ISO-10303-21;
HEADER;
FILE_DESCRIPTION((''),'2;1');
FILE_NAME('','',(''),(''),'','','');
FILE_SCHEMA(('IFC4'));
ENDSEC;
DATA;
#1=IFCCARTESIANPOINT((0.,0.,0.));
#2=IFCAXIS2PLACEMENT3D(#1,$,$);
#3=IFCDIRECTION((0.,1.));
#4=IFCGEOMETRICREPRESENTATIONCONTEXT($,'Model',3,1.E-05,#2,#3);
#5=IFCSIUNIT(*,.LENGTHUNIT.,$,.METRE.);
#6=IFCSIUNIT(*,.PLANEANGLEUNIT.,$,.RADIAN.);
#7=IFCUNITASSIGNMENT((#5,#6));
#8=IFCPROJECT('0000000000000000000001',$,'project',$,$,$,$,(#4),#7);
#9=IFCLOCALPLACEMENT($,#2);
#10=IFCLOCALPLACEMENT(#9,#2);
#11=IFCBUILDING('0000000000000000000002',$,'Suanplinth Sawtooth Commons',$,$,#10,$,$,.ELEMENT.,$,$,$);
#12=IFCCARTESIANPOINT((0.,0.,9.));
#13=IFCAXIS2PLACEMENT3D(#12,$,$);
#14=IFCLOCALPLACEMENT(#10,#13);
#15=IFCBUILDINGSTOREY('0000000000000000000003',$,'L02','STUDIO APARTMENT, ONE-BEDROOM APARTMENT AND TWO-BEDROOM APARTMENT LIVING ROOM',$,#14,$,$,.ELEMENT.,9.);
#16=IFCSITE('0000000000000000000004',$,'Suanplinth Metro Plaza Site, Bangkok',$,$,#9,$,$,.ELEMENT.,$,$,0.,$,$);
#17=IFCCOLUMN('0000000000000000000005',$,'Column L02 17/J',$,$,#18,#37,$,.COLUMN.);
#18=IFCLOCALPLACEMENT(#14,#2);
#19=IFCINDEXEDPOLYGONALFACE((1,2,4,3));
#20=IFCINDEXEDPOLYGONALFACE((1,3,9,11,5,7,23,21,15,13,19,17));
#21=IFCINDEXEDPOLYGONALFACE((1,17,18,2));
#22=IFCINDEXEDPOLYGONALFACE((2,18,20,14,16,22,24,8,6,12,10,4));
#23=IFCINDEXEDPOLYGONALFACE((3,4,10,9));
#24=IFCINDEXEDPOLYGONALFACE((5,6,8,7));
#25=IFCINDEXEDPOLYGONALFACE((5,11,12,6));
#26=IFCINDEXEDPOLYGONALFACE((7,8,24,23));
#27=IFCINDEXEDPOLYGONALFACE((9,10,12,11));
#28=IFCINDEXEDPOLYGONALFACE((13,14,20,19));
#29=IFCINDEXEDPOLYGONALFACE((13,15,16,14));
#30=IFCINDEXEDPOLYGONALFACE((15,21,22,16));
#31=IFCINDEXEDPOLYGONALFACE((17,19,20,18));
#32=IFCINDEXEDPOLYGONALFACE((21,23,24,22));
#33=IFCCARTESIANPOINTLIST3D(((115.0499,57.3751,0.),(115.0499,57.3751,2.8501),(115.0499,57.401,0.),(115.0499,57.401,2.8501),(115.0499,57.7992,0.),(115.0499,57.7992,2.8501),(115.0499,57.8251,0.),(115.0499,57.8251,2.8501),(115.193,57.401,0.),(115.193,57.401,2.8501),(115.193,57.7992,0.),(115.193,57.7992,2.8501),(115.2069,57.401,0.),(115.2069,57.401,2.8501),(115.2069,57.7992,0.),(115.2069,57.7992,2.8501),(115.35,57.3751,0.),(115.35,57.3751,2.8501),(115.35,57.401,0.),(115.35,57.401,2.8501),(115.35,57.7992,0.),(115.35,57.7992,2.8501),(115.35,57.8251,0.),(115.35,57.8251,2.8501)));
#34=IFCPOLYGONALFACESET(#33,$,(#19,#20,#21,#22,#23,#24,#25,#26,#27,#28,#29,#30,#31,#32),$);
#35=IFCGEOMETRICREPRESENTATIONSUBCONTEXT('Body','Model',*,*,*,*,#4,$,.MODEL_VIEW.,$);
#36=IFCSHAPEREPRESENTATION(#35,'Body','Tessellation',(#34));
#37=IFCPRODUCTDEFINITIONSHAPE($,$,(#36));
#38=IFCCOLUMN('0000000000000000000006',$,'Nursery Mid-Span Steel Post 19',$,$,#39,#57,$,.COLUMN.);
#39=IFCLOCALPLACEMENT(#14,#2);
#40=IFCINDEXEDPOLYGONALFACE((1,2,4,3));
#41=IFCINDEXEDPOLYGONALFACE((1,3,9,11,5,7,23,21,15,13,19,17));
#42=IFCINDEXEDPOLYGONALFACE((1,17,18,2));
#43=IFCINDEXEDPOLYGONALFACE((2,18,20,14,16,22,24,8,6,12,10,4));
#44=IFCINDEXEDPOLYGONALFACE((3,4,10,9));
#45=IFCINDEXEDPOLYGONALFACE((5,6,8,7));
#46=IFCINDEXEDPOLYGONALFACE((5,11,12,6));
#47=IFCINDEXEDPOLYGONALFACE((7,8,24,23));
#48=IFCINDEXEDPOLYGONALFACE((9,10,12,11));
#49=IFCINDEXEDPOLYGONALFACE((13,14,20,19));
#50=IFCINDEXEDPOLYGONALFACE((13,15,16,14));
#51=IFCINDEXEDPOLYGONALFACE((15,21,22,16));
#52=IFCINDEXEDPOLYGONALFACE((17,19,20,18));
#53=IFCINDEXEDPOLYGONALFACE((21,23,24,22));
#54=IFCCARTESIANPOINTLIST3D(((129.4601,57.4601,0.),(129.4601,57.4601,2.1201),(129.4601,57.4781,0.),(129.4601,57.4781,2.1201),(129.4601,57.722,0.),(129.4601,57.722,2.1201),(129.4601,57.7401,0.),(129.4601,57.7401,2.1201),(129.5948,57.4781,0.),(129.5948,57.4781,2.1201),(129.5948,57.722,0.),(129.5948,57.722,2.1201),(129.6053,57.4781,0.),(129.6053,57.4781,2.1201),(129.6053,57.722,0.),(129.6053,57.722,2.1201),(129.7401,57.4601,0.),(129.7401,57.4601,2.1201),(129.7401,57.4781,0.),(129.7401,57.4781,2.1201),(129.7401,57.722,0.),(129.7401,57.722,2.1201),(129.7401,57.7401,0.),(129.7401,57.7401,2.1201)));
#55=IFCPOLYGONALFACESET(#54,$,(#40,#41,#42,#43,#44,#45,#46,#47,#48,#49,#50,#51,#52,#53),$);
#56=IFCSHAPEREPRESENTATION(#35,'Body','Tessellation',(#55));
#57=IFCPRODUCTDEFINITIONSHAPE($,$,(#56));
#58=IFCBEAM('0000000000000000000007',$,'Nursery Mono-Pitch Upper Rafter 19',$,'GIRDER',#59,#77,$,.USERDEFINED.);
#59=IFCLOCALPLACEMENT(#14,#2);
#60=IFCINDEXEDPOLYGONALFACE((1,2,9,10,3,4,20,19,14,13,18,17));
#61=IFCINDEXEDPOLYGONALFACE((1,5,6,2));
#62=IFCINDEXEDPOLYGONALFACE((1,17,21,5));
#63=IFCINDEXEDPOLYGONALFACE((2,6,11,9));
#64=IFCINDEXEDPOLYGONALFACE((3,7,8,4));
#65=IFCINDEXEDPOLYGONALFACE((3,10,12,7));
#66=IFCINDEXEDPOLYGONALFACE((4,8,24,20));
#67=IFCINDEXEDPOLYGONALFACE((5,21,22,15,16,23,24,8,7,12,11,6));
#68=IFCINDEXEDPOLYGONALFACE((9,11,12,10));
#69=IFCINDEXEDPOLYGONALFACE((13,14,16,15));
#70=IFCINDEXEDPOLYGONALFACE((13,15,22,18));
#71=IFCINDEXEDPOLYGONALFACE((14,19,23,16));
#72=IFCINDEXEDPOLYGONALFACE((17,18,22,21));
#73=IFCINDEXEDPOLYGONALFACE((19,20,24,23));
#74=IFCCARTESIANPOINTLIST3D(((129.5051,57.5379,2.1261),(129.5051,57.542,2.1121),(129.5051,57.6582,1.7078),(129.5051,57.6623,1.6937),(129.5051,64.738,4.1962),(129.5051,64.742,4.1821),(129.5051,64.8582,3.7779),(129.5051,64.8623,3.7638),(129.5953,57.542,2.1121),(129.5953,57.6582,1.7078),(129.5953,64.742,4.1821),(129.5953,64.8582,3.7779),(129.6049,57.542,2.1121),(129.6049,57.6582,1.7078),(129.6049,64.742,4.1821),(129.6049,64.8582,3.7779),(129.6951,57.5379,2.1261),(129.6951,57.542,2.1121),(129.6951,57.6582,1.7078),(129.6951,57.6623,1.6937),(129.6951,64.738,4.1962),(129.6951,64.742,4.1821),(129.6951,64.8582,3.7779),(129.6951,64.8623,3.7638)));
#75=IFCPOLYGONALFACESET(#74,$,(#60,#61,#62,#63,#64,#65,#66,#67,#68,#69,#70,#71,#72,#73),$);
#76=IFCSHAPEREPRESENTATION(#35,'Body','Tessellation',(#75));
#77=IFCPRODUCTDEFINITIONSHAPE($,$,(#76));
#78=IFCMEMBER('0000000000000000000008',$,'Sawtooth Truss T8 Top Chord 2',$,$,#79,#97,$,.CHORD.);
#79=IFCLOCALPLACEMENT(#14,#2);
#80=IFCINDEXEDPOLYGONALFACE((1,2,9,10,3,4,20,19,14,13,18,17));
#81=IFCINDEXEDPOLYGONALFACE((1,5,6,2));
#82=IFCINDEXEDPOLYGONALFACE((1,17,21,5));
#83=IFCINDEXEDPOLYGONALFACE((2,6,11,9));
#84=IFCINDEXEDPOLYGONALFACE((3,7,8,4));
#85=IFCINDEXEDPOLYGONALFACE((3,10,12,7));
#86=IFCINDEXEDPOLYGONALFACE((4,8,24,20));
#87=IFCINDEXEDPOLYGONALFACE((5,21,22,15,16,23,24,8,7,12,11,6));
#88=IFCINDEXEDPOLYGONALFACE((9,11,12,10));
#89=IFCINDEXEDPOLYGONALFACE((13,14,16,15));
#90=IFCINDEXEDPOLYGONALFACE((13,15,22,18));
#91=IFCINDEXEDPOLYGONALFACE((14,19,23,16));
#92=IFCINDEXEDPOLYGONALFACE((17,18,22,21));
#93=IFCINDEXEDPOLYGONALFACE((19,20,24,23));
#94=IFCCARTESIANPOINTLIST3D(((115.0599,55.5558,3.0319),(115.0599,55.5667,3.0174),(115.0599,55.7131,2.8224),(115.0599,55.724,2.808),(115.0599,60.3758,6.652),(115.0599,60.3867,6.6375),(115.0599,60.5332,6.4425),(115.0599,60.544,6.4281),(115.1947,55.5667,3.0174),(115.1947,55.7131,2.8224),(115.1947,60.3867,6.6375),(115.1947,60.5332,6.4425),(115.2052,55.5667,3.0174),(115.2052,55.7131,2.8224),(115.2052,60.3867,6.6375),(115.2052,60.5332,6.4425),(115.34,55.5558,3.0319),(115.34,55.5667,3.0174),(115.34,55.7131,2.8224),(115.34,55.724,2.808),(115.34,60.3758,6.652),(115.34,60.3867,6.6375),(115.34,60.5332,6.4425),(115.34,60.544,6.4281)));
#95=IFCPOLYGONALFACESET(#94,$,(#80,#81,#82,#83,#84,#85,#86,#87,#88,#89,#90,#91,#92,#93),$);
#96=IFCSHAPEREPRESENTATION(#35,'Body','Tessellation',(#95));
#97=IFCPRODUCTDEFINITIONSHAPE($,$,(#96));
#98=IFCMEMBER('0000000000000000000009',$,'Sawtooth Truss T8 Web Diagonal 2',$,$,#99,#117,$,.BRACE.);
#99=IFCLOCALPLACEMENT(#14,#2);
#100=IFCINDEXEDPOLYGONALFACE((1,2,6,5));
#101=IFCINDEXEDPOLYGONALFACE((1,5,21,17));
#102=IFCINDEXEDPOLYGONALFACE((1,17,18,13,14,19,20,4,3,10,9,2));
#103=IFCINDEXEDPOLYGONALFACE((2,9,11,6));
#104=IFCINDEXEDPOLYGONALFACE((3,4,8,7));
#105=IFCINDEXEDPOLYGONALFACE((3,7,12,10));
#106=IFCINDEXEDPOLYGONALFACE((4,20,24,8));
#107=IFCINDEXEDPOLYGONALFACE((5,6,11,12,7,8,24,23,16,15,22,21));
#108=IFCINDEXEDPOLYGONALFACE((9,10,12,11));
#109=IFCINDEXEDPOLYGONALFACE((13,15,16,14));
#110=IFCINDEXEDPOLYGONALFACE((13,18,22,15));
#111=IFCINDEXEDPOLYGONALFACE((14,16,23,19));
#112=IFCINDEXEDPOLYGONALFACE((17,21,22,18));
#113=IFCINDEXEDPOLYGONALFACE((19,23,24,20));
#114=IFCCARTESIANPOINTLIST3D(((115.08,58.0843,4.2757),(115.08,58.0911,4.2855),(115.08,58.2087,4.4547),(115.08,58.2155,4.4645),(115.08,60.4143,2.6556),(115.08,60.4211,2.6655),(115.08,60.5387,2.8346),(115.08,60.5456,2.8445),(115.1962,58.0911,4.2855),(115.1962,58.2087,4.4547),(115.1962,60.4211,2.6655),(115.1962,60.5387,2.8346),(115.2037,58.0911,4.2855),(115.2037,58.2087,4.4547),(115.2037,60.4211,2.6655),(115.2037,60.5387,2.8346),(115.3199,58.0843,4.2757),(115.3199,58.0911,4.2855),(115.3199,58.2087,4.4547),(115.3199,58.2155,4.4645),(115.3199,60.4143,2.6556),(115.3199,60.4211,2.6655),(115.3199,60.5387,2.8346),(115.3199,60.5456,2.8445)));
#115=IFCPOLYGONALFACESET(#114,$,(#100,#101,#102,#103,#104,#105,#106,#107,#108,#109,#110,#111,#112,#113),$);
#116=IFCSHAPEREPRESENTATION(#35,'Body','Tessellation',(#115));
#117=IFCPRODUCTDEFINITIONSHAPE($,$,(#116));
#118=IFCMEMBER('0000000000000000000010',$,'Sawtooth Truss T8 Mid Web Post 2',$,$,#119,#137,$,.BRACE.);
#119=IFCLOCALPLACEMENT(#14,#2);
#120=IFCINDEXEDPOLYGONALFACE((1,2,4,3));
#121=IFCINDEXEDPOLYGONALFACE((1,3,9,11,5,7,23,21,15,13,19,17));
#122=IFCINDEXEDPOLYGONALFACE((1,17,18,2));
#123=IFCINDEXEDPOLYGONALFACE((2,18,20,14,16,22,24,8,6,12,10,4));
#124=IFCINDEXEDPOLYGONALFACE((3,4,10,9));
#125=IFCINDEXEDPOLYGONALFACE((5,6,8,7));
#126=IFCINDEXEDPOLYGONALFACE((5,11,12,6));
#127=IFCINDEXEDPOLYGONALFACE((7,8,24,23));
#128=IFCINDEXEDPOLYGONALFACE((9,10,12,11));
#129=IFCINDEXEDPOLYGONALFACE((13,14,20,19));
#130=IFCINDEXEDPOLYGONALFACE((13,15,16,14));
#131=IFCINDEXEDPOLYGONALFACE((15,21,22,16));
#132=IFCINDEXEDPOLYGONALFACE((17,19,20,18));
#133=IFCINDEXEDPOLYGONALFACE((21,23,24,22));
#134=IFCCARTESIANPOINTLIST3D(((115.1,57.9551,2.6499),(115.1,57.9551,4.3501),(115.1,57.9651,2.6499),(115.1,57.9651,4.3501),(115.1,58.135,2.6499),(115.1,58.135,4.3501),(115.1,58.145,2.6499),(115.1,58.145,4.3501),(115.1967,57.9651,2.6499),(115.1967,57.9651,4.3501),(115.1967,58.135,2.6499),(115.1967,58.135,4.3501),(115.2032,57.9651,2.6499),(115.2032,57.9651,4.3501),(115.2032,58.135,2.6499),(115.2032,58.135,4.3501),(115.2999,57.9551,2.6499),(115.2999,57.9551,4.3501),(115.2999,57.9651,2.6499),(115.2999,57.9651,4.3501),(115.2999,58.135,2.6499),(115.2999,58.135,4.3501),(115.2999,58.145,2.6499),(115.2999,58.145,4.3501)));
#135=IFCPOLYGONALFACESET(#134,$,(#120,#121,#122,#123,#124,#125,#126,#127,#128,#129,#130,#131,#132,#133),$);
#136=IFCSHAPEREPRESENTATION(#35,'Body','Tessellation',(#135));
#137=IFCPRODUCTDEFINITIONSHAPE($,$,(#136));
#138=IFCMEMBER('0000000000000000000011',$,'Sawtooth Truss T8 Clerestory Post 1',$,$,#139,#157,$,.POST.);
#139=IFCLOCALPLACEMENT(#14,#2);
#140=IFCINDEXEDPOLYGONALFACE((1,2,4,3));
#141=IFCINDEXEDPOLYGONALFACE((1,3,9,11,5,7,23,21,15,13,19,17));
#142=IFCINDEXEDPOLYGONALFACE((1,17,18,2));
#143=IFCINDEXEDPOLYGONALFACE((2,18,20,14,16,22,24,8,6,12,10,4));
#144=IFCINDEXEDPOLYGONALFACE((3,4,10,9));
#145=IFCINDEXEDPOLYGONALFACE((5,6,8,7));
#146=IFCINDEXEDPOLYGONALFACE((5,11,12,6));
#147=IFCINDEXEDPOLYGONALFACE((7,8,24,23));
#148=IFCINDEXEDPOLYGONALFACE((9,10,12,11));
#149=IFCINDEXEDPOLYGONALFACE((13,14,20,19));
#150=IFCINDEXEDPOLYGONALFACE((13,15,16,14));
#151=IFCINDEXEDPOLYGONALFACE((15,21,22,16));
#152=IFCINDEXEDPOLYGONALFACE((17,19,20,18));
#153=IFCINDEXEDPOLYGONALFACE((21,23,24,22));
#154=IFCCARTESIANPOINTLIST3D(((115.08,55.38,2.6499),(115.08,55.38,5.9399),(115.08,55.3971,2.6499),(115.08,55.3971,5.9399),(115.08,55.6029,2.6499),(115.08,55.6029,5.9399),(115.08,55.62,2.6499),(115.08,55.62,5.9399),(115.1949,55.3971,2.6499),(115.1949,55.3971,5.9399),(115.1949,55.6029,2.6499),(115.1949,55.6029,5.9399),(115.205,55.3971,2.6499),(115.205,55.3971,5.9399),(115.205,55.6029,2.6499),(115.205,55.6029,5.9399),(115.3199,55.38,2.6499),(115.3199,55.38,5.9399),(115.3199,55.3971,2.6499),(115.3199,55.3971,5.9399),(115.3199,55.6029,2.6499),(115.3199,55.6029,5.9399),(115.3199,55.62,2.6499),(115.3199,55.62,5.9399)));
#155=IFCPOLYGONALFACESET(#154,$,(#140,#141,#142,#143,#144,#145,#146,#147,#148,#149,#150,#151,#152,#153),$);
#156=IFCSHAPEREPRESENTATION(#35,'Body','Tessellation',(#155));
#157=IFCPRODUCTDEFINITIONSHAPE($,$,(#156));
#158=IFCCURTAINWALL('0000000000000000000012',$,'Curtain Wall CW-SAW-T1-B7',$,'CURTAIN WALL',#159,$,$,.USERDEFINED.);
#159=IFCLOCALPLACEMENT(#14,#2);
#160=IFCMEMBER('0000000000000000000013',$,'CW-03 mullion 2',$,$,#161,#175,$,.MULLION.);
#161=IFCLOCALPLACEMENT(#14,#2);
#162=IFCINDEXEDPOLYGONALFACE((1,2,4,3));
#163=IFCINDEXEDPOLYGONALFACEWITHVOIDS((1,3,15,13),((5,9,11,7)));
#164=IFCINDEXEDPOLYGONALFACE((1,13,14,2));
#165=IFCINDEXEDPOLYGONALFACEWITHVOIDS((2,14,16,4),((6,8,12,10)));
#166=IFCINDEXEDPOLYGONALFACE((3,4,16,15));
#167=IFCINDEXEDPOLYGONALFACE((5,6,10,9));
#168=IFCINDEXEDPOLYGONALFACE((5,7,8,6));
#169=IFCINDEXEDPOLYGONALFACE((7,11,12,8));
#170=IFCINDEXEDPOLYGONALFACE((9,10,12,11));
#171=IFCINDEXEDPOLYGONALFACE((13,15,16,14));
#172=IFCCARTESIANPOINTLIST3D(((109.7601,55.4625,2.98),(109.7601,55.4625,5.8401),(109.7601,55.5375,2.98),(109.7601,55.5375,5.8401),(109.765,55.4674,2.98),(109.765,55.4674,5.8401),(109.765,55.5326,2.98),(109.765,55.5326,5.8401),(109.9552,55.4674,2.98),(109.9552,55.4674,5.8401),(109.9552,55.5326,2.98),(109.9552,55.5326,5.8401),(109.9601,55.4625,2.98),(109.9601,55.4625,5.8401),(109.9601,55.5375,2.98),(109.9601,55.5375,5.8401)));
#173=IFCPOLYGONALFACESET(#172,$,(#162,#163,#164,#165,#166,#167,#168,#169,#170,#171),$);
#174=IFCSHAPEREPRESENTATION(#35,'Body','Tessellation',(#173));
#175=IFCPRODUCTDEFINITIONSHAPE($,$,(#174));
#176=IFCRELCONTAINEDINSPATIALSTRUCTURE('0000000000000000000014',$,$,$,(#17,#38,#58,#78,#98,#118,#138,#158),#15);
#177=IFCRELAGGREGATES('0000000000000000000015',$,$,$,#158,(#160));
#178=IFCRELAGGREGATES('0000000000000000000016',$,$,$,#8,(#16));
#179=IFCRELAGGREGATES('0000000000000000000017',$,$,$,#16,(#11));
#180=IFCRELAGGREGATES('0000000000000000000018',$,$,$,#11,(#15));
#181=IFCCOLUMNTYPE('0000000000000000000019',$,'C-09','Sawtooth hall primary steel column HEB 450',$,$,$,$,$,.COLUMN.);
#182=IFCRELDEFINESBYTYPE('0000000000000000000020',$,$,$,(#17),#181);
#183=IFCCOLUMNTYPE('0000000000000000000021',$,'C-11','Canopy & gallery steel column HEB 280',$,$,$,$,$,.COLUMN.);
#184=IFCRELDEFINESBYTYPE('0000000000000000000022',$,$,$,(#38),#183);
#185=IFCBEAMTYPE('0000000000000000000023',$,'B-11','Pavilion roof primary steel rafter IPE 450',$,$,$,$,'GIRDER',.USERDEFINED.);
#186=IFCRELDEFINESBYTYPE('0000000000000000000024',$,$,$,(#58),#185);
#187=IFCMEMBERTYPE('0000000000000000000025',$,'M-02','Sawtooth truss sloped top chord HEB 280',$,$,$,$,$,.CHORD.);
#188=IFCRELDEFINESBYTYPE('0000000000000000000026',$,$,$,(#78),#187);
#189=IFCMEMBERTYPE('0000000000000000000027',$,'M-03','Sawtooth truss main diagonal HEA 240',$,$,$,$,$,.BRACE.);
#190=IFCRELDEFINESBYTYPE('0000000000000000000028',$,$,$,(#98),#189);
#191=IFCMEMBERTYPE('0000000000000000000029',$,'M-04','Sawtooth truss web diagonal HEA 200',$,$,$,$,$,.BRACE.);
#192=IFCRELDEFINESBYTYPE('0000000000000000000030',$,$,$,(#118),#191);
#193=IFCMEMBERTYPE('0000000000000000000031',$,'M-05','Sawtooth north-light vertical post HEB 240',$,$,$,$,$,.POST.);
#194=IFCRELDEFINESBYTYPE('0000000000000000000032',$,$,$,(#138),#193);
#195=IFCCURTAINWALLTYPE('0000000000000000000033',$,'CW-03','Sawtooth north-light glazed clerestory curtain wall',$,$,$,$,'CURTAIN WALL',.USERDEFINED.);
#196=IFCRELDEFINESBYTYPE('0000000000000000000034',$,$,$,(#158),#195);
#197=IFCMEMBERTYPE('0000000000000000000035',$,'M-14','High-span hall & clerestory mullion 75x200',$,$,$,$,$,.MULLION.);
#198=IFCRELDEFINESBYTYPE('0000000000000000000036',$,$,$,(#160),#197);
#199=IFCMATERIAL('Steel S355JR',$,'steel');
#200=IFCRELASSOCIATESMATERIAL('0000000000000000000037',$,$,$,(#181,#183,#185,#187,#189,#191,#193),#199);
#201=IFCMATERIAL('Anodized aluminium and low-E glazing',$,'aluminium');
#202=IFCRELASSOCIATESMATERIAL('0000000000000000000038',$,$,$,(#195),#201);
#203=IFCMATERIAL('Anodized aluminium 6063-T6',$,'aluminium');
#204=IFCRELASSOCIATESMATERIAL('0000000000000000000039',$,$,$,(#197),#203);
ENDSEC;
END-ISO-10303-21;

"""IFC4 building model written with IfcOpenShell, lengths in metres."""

from ifc_helpers import new_model, si_unit, direction, frame, origin, origin_2d, place, context, subcontext, project, spatial, hollow_rectangle, i_section, extrude, material, material_profile, profile_set, type_object, element, aggregate, save


model = new_model("IFC4")

# Units and contexts
model_context = context("Model", 3, precision=1e-05, world=origin(), true_north=direction((0.0, 1.0)))
body_context = subcontext(model_context, "Body", "Model", "MODEL_VIEW")
ifc_project = project(units=[si_unit("LENGTHUNIT", "METRE"), si_unit("PLANEANGLEUNIT", "RADIAN")], contexts=[model_context])

# Site, building, storey
site_placement = place(None, origin())
site = spatial("IfcSite", under=ifc_project, at=site_placement, Name="Suanplinth Metro Plaza Site, Bangkok", CompositionType="ELEMENT", RefElevation=0.0)
building_placement = place(site_placement, origin())
building = spatial("IfcBuilding", under=site, at=building_placement, Name="Suanplinth Sawtooth Commons", CompositionType="ELEMENT")
storey_placement = place(building_placement, frame((0.0, 0.0, 9.0)))
storey = spatial("IfcBuildingStorey", under=building, at=storey_placement, Name="L02", Description="STUDIO APARTMENT, ONE-BEDROOM APARTMENT AND TWO-BEDROOM APARTMENT LIVING ROOM", CompositionType="ELEMENT", Elevation=9.0)

# Columns
ifc_material_1 = material(Name="Steel S355JR", Category="steel")
ifc_material_profile_1 = material_profile(ifc_material_1, i_section(OverallWidth=0.3, OverallDepth=0.45, WebThickness=0.0139, FlangeThickness=0.0259, at=origin_2d()), Name="HEB 450")
ifc_profile_set_1 = profile_set([ifc_material_profile_1], Name="Steel S355JR")
column_type_1 = type_object("IfcColumnType", Name="C-09", Description="Sawtooth hall primary steel column HEB 450", PredefinedType="COLUMN", material=ifc_profile_set_1)
column_1_placement = place(storey_placement, frame((115.2, 57.6001, 0.0), z_axis=(0.0, 0.0, 1.0), x_axis=(1.0, 0.0, 0.0)))
element("IfcColumn", 1, at=column_1_placement, inside=storey, type_object=column_type_1, Name="Column L02 17/J", PredefinedType="COLUMN", context=body_context, shape_type="SweptSolid", body=[
    extrude(i_section(OverallWidth=0.3, OverallDepth=0.45, WebThickness=0.0139, FlangeThickness=0.0259, at=origin_2d()), origin(), (0.0, 0.0, 1.0), 2.8501),
])
ifc_material_profile_2 = material_profile(ifc_material_1, i_section(OverallWidth=0.28, OverallDepth=0.28, WebThickness=0.0105, FlangeThickness=0.0181, at=origin_2d()), Name="HEB 280")
ifc_profile_set_2 = profile_set([ifc_material_profile_2], Name="Steel S355JR")
column_type_2 = type_object("IfcColumnType", Name="C-11", Description="Canopy & gallery steel column HEB 280", PredefinedType="COLUMN", material=ifc_profile_set_2)
column_2_placement = place(storey_placement, frame((129.6001, 57.6001, 0.0), z_axis=(0.0, 0.0, 1.0), x_axis=(1.0, 0.0, 0.0)))
element("IfcColumn", 2, at=column_2_placement, inside=storey, type_object=column_type_2, Name="Nursery Mid-Span Steel Post 19", PredefinedType="COLUMN", context=body_context, shape_type="SweptSolid", body=[
    extrude(i_section(OverallWidth=0.28, OverallDepth=0.28, WebThickness=0.0105, FlangeThickness=0.0181, at=origin_2d()), origin(), (0.0, 0.0, 1.0), 2.1201),
])

# Beam
ifc_material_profile_3 = material_profile(ifc_material_1, i_section(OverallWidth=0.1899, OverallDepth=0.45, WebThickness=0.0095, FlangeThickness=0.0146, at=origin_2d()), Name="IPE 450")
ifc_profile_set_3 = profile_set([ifc_material_profile_3], Name="Steel S355JR")
beam_type = type_object("IfcBeamType", Name="B-11", Description="Pavilion roof primary steel rafter IPE 450", ElementType="GIRDER", PredefinedType="USERDEFINED", material=ifc_profile_set_3)
beam_placement = place(storey_placement, frame((129.6001, 57.6001, 1.9099), z_axis=(0.0, 0.961066, 0.276318), x_axis=(-1.0, 0.0, 0.0)))
element("IfcBeam", 3, at=beam_placement, inside=storey, type_object=beam_type, Name="Nursery Mono-Pitch Upper Rafter 19", ObjectType="GIRDER", PredefinedType="USERDEFINED", context=body_context, shape_type="SweptSolid", body=[
    extrude(i_section(OverallWidth=0.1899, OverallDepth=0.45, WebThickness=0.0095, FlangeThickness=0.0146, at=origin_2d()), origin(), (0.0, 0.0, 1.0), 7.4917),
])

# Members
ifc_material_profile_4 = material_profile(ifc_material_1, i_section(OverallWidth=0.28, OverallDepth=0.28, WebThickness=0.0105, FlangeThickness=0.0181, at=origin_2d()), Name="HEB 280")
ifc_profile_set_4 = profile_set([ifc_material_profile_4], Name="Steel S355JR")
member_type_1 = type_object("IfcMemberType", Name="M-02", Description="Sawtooth truss sloped top chord HEB 280", PredefinedType="CHORD", material=ifc_profile_set_4)
member_1_placement = place(storey_placement, frame((115.2, 55.6399, 2.9199), z_axis=(0.0, 0.799596, 0.600538), x_axis=(-1.0, 0.0, 0.0)))
element("IfcMember", 4, at=member_1_placement, inside=storey, type_object=member_type_1, Name="Sawtooth Truss T8 Top Chord 2", PredefinedType="CHORD", context=body_context, shape_type="SweptSolid", body=[
    extrude(i_section(OverallWidth=0.28, OverallDepth=0.28, WebThickness=0.0105, FlangeThickness=0.0181, at=origin_2d()), origin(), (0.0, 0.0, 1.0), 6.0281),
])
ifc_material_profile_5 = material_profile(ifc_material_1, i_section(OverallWidth=0.24, OverallDepth=0.23, WebThickness=0.0076, FlangeThickness=0.012, at=origin_2d()), Name="HEA 240")
ifc_profile_set_5 = profile_set([ifc_material_profile_5], Name="Steel S355JR")
member_type_2 = type_object("IfcMemberType", Name="M-03", Description="Sawtooth truss main diagonal HEA 240", PredefinedType="BRACE", material=ifc_profile_set_5)
member_2_placement = place(storey_placement, frame((115.2, 58.1499, 4.3701), z_axis=(0.0, 0.821038, -0.570873), x_axis=(-1.0, 0.0, 0.0)))
element("IfcMember", 5, at=member_2_placement, inside=storey, type_object=member_type_2, Name="Sawtooth Truss T8 Web Diagonal 2", PredefinedType="BRACE", context=body_context, shape_type="SweptSolid", body=[
    extrude(i_section(OverallWidth=0.24, OverallDepth=0.23, WebThickness=0.0076, FlangeThickness=0.012, at=origin_2d()), origin(), (0.0, 0.0, 1.0), 2.8379),
])
ifc_material_profile_6 = material_profile(ifc_material_1, i_section(OverallWidth=0.2, OverallDepth=0.1899, WebThickness=0.0066, FlangeThickness=0.01, at=origin_2d()), Name="HEA 200")
ifc_profile_set_6 = profile_set([ifc_material_profile_6], Name="Steel S355JR")
member_type_3 = type_object("IfcMemberType", Name="M-04", Description="Sawtooth truss web diagonal HEA 200", PredefinedType="BRACE", material=ifc_profile_set_6)
member_3_placement = place(storey_placement, frame((115.2, 58.05, 2.6499), z_axis=(0.0, 0.0, 1.0), x_axis=(1.0, 0.0, 0.0)))
element("IfcMember", 6, at=member_3_placement, inside=storey, type_object=member_type_3, Name="Sawtooth Truss T8 Mid Web Post 2", PredefinedType="BRACE", context=body_context, shape_type="SweptSolid", body=[
    extrude(i_section(OverallWidth=0.2, OverallDepth=0.1899, WebThickness=0.0066, FlangeThickness=0.01, at=origin_2d()), origin(), (0.0, 0.0, 1.0), 1.7002),
])
ifc_material_profile_7 = material_profile(ifc_material_1, i_section(OverallWidth=0.24, OverallDepth=0.24, WebThickness=0.01, FlangeThickness=0.0171, at=origin_2d()), Name="HEB 240")
ifc_profile_set_7 = profile_set([ifc_material_profile_7], Name="Steel S355JR")
member_type_4 = type_object("IfcMemberType", Name="M-05", Description="Sawtooth north-light vertical post HEB 240", PredefinedType="POST", material=ifc_profile_set_7)
member_4_placement = place(storey_placement, frame((115.2, 55.5, 2.6499), z_axis=(0.0, 0.0, 1.0), x_axis=(1.0, 0.0, 0.0)))
element("IfcMember", 7, at=member_4_placement, inside=storey, type_object=member_type_4, Name="Sawtooth Truss T8 Clerestory Post 1", PredefinedType="POST", context=body_context, shape_type="SweptSolid", body=[
    extrude(i_section(OverallWidth=0.24, OverallDepth=0.24, WebThickness=0.01, FlangeThickness=0.0171, at=origin_2d()), origin(), (0.0, 0.0, 1.0), 3.29),
])

# Curtain wall, member
ifc_material_2 = material(Name="Anodized aluminium and low-E glazing", Category="aluminium")
curtain_wall_type = type_object("IfcCurtainWallType", Name="CW-03", Description="Sawtooth north-light glazed clerestory curtain wall", ElementType="CURTAIN WALL", PredefinedType="USERDEFINED", material=ifc_material_2)
curtain_wall_placement = place(storey_placement, origin())
curtain_wall = element("IfcCurtainWall", 8, at=curtain_wall_placement, inside=storey, type_object=curtain_wall_type, Name="Curtain Wall CW-SAW-T1-B7", ObjectType="CURTAIN WALL", PredefinedType="USERDEFINED")
ifc_material_3 = material(Name="Anodized aluminium 6063-T6", Category="aluminium")
ifc_material_profile_8 = material_profile(ifc_material_3, hollow_rectangle(XDim=0.075, YDim=0.2, WallThickness=0.0049, at=origin_2d()), Name="ALU-MUL 75x200")
ifc_profile_set_8 = profile_set([ifc_material_profile_8], Name="Anodized aluminium 6063-T6")
member_type_5 = type_object("IfcMemberType", Name="M-14", Description="High-span hall & clerestory mullion 75x200", PredefinedType="MULLION", material=ifc_profile_set_8)
member_5_placement = place(storey_placement, frame((109.8601, 55.5, 2.98), z_axis=(0.0, 0.0, 1.0), x_axis=(0.0, 1.0, 0.0)))
member_5 = element("IfcMember", 9, at=member_5_placement, type_object=member_type_5, Name="CW-03 mullion 2", PredefinedType="MULLION", context=body_context, shape_type="SweptSolid", body=[
    extrude(hollow_rectangle(XDim=0.075, YDim=0.2, WallThickness=0.0049, at=origin_2d()), origin(), (0.0, 0.0, 1.0), 2.8601),
])

aggregate(curtain_wall, [member_5])

save(model, "model.ifc")
